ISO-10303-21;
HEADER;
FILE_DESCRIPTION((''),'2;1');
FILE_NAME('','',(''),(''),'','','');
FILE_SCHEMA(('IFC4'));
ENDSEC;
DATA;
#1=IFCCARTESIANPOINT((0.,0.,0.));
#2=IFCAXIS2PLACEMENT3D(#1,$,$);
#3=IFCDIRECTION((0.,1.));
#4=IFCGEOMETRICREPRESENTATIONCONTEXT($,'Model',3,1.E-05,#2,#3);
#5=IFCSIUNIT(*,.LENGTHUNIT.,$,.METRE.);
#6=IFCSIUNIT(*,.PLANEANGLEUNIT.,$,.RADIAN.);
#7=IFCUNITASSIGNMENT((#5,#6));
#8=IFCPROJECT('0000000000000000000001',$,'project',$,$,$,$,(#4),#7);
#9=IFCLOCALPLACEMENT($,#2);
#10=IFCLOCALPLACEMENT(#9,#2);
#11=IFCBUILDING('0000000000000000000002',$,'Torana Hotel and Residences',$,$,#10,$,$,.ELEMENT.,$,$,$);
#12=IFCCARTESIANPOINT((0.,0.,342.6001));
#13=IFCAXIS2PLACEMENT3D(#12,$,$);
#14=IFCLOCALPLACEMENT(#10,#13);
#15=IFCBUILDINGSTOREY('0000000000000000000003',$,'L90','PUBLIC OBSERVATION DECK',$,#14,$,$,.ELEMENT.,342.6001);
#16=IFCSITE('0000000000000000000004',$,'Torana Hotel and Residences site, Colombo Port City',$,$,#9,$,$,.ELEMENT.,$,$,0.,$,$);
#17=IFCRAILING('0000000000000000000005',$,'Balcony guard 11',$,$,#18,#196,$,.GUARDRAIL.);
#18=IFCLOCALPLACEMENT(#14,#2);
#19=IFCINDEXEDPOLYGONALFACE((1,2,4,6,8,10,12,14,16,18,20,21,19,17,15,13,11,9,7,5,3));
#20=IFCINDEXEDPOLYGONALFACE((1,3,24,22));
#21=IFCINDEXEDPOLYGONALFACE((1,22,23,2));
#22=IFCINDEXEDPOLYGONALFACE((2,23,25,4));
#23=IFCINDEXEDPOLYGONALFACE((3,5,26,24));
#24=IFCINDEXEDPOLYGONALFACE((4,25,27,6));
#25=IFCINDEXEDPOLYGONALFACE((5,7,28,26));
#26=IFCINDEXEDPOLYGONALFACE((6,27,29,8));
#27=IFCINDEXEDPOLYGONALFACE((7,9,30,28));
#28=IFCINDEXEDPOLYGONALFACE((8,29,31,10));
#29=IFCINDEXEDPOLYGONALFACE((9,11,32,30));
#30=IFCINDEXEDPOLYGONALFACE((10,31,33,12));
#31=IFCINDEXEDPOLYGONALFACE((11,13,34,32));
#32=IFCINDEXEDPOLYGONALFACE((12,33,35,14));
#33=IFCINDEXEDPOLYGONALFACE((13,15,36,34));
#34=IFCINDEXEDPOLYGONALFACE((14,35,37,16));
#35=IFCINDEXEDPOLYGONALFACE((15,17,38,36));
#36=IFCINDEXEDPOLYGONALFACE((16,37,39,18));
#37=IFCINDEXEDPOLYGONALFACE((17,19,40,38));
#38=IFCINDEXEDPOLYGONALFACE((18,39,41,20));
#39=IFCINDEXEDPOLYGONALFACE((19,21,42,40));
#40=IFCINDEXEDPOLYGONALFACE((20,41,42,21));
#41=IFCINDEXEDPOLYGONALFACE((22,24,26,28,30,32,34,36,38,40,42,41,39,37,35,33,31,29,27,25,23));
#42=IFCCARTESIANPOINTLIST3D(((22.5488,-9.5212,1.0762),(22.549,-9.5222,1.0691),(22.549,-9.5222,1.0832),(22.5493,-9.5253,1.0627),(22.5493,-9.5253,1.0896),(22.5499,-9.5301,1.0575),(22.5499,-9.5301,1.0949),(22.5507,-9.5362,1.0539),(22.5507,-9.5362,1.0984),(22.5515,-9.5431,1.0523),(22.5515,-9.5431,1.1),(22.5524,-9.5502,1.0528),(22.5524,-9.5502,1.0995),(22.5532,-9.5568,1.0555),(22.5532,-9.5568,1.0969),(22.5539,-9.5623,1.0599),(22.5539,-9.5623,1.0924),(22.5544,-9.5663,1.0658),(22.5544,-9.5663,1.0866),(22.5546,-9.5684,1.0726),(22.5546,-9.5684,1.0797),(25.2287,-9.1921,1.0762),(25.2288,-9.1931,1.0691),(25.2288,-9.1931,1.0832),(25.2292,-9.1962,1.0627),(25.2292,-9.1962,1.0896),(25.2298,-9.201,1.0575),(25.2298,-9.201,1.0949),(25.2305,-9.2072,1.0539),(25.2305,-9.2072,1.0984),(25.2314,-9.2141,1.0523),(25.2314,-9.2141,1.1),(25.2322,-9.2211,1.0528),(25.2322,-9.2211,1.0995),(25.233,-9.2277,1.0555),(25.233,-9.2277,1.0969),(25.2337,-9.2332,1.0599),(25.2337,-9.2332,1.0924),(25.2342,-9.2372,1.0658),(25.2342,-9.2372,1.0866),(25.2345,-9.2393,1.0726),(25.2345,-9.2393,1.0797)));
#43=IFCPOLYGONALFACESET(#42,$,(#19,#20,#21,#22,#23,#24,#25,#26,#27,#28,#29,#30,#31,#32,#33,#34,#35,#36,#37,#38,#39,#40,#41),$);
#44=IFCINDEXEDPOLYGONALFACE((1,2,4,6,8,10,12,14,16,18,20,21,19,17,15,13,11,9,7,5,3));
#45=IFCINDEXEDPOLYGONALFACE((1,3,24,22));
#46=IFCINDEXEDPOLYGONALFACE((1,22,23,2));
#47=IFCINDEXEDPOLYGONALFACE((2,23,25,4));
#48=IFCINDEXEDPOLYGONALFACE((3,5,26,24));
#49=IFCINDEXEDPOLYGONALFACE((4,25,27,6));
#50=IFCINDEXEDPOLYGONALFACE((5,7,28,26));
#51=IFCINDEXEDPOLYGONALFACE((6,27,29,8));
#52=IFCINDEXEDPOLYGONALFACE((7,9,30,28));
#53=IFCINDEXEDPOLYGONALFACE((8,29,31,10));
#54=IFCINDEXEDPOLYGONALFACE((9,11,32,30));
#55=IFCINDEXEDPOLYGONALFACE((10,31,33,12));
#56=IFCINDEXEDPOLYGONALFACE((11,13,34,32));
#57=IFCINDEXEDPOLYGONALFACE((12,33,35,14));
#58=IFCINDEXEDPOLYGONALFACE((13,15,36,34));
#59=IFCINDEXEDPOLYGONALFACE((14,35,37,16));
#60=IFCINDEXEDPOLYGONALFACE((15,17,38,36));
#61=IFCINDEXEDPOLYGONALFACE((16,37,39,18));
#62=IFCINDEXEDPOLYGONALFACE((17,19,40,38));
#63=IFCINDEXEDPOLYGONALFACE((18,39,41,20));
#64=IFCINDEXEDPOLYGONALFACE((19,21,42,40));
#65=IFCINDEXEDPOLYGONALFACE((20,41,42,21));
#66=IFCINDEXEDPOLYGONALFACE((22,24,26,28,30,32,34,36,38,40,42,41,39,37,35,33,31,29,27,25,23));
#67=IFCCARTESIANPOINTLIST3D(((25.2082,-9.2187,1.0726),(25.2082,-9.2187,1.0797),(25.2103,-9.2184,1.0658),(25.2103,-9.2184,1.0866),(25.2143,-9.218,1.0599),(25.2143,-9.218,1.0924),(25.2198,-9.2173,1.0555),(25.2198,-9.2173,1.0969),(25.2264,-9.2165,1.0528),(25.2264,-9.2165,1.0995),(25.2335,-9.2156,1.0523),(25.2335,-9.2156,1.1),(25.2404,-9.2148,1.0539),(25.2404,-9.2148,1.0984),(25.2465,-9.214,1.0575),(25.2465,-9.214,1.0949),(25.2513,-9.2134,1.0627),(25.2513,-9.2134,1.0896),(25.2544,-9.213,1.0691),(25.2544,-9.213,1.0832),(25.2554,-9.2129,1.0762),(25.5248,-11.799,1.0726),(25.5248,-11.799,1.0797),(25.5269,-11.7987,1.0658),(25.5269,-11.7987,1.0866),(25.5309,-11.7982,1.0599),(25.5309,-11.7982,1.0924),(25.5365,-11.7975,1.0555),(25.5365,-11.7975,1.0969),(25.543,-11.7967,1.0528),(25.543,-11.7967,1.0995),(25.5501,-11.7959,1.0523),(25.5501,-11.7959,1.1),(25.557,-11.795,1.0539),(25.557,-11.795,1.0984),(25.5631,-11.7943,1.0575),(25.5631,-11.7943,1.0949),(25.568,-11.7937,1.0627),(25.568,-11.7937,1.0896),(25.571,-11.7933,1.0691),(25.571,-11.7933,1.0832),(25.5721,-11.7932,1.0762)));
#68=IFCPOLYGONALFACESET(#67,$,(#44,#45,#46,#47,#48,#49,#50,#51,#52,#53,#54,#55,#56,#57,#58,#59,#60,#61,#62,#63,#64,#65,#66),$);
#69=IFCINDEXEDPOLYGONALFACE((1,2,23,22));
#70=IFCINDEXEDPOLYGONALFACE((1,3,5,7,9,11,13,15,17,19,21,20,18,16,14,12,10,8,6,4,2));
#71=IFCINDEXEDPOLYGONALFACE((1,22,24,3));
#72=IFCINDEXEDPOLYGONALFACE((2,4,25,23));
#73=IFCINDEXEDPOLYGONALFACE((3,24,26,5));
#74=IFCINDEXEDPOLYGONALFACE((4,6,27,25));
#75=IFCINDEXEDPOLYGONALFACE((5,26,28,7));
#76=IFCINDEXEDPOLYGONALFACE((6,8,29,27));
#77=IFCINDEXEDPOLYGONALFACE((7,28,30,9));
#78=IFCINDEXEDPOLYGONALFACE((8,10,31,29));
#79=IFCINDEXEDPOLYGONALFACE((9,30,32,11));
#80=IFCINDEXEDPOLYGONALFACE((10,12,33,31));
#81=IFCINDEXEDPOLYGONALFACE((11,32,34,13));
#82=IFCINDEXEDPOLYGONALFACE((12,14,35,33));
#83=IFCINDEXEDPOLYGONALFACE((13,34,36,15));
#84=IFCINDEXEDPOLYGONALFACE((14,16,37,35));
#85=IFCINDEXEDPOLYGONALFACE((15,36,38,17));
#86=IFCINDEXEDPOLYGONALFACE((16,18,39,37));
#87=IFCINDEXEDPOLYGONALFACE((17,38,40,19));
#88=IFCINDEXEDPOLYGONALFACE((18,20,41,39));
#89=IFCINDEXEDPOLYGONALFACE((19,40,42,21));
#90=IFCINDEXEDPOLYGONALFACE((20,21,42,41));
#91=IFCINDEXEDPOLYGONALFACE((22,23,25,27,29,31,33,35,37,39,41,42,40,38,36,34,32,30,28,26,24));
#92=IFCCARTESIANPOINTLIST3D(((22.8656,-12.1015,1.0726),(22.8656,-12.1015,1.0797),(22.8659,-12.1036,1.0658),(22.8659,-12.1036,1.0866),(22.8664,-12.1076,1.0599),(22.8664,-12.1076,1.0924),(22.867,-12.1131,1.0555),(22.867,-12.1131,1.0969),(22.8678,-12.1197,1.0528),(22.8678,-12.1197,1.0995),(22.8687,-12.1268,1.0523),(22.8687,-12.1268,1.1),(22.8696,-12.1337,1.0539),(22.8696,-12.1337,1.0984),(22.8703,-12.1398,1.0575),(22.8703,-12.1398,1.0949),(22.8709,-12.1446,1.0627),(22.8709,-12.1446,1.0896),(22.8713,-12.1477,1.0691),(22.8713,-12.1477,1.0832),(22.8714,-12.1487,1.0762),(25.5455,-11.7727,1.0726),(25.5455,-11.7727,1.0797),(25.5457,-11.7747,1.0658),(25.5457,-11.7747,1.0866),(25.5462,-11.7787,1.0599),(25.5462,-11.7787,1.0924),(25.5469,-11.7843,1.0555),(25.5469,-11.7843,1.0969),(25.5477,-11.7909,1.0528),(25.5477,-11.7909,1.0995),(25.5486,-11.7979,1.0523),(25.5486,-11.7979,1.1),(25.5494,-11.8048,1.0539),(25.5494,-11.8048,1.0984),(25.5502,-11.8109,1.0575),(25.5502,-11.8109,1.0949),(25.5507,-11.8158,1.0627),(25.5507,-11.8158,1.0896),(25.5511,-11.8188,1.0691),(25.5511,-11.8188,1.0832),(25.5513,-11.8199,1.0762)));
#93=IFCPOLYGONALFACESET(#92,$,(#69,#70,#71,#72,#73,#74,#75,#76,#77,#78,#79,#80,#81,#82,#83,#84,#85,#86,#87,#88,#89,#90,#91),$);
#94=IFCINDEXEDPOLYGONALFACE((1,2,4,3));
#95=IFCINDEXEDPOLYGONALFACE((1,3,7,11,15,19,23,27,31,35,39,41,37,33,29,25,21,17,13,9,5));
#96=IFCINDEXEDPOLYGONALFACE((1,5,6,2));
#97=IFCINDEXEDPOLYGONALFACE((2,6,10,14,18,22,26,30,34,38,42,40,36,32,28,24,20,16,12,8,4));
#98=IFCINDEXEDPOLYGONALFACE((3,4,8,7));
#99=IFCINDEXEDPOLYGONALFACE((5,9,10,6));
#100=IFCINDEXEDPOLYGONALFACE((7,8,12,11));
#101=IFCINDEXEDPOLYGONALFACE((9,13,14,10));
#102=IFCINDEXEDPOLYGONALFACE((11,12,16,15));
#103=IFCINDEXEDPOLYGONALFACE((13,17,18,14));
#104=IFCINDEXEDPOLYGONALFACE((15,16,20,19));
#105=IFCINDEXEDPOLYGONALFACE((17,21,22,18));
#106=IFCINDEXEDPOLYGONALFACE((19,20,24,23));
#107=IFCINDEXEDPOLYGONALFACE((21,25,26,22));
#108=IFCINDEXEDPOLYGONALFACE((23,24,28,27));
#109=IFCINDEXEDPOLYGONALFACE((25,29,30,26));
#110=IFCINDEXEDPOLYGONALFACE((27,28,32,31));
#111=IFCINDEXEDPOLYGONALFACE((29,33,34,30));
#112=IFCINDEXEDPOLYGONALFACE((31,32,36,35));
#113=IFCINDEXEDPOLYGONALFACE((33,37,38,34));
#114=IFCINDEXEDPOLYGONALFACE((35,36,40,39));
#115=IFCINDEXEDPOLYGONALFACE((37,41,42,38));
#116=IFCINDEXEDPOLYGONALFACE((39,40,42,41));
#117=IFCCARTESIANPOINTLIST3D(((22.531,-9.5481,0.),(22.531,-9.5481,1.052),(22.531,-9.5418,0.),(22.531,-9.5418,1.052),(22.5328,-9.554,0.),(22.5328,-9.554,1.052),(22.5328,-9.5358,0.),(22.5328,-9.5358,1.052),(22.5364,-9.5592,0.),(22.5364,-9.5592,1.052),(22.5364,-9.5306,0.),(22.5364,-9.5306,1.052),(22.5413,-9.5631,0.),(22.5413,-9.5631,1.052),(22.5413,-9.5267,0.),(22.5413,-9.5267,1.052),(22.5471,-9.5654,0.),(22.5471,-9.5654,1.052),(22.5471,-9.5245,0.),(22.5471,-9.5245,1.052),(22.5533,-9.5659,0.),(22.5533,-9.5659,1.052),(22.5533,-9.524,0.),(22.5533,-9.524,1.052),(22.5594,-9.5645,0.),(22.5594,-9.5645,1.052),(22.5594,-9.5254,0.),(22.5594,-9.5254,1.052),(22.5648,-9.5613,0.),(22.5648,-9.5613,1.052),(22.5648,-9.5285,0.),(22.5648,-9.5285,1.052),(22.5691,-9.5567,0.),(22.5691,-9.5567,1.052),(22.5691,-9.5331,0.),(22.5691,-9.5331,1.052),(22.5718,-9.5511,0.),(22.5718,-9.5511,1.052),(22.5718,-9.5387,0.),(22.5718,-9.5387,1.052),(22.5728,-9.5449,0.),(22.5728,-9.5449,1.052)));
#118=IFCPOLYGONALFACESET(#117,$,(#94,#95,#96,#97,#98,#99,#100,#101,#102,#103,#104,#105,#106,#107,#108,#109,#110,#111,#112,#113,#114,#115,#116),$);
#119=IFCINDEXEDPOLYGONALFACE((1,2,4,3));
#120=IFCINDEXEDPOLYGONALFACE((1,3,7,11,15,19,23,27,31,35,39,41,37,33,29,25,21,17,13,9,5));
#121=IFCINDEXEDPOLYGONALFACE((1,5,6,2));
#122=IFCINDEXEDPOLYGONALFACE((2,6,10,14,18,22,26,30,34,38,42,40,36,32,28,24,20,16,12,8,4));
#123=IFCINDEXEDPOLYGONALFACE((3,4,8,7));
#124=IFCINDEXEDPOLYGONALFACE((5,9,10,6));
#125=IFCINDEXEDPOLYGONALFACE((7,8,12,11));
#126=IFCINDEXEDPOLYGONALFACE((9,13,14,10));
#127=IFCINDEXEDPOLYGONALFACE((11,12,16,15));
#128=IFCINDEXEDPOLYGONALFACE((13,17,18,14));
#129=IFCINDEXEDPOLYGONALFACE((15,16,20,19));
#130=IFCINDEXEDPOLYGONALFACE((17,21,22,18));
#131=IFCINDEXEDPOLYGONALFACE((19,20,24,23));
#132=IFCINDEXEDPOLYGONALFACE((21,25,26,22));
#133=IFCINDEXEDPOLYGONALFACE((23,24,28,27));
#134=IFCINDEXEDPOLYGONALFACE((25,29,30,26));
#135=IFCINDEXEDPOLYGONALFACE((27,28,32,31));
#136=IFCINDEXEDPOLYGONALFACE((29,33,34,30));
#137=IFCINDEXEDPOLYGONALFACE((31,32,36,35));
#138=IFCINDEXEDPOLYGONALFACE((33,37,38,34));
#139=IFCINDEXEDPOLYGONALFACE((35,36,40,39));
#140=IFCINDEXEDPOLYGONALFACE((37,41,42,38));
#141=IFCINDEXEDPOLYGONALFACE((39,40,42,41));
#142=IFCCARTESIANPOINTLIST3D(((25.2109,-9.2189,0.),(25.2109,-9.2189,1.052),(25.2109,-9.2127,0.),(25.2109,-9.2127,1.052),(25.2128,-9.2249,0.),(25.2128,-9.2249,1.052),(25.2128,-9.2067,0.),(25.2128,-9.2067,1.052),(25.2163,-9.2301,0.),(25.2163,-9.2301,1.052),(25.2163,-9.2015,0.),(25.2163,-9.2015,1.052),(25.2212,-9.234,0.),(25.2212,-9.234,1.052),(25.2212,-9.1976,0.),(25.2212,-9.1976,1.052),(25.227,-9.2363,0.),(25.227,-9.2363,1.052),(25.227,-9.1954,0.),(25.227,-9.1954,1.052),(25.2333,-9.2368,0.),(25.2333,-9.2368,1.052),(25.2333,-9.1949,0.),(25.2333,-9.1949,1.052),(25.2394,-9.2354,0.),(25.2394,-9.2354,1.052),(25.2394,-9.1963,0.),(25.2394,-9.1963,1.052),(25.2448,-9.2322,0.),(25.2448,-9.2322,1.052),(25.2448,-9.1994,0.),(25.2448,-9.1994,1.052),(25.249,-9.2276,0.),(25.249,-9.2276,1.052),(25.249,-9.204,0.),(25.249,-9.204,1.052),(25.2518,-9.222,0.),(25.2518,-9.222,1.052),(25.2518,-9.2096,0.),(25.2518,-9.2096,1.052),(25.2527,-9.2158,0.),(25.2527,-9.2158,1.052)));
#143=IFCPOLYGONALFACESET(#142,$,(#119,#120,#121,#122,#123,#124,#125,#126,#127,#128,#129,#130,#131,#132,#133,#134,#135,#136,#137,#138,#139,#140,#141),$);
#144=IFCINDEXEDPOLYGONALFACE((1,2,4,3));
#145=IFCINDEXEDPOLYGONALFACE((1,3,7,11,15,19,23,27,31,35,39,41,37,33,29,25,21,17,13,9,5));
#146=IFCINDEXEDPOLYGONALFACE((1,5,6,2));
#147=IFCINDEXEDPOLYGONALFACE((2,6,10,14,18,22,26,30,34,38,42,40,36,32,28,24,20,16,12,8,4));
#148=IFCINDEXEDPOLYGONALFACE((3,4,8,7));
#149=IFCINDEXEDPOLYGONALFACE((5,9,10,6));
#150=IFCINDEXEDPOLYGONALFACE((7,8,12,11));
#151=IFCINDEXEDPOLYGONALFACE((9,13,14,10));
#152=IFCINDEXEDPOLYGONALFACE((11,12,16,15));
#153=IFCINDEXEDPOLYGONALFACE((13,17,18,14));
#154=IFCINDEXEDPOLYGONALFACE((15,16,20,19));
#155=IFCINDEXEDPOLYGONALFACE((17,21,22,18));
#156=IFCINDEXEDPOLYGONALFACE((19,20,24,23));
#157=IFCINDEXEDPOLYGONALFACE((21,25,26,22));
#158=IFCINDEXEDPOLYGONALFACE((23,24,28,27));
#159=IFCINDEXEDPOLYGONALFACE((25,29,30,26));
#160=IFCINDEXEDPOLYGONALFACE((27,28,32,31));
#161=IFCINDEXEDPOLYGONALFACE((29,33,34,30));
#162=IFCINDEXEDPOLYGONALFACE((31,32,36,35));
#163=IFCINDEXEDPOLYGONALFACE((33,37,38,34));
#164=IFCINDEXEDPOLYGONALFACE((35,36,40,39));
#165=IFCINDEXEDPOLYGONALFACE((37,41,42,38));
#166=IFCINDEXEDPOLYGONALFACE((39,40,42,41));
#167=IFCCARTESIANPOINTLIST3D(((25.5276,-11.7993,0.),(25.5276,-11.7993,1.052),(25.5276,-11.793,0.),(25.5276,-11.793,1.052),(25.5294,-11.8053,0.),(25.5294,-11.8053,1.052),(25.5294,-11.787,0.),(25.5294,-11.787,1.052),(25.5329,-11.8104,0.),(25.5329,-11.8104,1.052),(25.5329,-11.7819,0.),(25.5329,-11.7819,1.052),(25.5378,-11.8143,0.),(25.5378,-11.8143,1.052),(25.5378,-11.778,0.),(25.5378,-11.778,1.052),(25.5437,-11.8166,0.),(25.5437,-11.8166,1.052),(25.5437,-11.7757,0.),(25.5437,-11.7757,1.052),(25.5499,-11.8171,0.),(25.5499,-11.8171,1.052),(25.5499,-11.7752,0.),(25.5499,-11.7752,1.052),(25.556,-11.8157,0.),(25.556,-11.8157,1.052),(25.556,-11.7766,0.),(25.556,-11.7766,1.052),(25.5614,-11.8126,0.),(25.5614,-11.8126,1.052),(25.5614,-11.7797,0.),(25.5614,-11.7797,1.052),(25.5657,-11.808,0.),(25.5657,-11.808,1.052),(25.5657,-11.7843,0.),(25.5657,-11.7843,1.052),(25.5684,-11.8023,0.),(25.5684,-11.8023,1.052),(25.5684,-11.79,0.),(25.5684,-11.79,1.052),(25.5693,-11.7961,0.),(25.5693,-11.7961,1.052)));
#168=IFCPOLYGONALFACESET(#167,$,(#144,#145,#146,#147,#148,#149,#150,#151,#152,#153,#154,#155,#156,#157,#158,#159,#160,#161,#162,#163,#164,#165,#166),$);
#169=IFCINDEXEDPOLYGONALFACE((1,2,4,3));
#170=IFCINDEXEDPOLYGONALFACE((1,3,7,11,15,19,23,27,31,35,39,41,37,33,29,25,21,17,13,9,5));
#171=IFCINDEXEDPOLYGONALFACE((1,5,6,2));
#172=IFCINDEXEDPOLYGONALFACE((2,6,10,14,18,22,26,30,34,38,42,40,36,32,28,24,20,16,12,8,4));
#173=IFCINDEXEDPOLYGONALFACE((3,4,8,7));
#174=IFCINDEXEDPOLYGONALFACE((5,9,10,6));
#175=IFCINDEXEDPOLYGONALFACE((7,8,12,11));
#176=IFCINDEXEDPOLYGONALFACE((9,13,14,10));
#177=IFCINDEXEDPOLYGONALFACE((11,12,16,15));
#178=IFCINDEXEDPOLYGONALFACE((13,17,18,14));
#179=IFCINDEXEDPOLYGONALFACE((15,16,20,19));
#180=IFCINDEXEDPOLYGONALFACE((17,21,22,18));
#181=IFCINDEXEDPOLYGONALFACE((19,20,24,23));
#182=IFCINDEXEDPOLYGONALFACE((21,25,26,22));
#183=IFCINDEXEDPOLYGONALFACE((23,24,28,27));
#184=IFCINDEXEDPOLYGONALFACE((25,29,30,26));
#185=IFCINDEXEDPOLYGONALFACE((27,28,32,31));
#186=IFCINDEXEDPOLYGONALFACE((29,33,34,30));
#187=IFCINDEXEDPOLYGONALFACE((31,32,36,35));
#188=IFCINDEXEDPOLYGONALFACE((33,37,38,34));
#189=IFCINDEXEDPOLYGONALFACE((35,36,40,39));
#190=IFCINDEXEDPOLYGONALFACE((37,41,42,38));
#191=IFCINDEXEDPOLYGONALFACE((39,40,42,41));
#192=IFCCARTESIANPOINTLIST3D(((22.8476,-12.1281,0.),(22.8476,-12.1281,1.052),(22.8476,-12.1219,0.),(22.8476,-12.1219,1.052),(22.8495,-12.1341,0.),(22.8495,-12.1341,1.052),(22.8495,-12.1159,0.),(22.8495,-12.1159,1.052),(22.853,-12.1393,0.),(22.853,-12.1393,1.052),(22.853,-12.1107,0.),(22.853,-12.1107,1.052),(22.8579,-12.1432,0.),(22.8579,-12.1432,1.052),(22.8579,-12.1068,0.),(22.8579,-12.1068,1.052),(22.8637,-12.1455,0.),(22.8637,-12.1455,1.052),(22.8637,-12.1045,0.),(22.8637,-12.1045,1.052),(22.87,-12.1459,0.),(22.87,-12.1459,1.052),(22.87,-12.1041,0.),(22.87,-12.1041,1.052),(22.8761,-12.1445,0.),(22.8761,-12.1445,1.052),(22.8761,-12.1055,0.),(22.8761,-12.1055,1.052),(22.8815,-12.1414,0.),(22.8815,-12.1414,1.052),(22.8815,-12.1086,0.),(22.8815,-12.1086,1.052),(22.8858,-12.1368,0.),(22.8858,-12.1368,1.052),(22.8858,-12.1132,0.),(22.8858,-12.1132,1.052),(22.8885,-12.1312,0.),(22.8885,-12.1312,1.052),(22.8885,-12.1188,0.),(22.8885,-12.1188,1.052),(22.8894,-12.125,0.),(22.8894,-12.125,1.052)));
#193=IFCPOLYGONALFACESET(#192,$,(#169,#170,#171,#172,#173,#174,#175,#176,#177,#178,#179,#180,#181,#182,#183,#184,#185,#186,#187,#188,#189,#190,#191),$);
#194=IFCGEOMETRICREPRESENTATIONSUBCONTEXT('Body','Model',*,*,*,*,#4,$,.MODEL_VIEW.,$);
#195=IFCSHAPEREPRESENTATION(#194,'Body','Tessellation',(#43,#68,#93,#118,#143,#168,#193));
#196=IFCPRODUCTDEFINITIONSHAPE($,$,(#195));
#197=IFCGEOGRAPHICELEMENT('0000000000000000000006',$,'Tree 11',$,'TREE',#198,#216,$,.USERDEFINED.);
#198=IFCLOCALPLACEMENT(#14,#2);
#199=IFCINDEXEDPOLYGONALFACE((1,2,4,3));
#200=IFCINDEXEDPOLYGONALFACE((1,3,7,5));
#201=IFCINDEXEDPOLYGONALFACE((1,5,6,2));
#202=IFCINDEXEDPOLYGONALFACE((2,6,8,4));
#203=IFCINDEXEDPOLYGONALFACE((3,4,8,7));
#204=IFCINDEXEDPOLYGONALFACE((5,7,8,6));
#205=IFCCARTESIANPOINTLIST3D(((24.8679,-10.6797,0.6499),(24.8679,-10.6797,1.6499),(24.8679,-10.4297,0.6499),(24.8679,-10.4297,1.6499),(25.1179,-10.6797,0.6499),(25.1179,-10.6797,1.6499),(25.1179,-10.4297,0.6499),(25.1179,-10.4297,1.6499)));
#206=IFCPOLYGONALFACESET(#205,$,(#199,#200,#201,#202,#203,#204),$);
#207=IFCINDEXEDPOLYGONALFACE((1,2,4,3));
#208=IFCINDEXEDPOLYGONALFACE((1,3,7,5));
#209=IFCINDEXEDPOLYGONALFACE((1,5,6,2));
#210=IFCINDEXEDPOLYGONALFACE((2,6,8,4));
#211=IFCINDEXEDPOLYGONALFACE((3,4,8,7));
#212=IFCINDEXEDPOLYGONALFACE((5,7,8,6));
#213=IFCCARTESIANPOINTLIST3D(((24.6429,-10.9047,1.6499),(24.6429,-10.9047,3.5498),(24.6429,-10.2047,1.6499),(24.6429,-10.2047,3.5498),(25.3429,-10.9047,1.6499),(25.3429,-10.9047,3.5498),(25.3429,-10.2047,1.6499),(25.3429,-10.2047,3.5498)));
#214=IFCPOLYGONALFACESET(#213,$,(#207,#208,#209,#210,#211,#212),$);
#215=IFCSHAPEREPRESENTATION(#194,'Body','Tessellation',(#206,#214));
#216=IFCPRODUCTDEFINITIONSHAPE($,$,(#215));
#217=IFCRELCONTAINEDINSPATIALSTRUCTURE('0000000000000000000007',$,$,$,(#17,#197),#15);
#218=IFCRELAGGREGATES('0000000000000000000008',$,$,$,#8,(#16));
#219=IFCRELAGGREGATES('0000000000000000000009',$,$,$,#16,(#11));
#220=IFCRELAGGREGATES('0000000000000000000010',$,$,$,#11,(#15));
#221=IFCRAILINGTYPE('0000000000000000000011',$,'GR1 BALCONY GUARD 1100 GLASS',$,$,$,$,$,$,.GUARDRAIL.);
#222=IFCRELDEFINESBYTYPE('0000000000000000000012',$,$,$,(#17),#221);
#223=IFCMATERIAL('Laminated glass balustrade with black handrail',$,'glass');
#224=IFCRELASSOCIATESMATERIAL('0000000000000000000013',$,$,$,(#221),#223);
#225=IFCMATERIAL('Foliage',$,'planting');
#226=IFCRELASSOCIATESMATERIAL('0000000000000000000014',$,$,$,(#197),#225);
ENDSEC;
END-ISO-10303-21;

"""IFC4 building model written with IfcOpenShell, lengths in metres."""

from ifc_helpers import new_model, si_unit, direction, frame, origin, origin_2d, place, context, subcontext, project, spatial, rectangle, circle, extrude, material, type_object, element, save


model = new_model("IFC4")

# Units and contexts
model_context = context("Model", 3, precision=1e-05, world=origin(), true_north=direction((0.0, 1.0)))
body_context = subcontext(model_context, "Body", "Model", "MODEL_VIEW")
ifc_project = project(units=[si_unit("LENGTHUNIT", "METRE"), si_unit("PLANEANGLEUNIT", "RADIAN")], contexts=[model_context])

# Site, building, storey
site_placement = place(None, origin())
site = spatial("IfcSite", under=ifc_project, at=site_placement, Name="Torana Hotel and Residences site, Colombo Port City", CompositionType="ELEMENT", RefElevation=0.0)
building_placement = place(site_placement, origin())
building = spatial("IfcBuilding", under=site, at=building_placement, Name="Torana Hotel and Residences", CompositionType="ELEMENT")
storey_placement = place(building_placement, frame((0.0, 0.0, 342.6001)))
storey = spatial("IfcBuildingStorey", under=building, at=storey_placement, Name="L90", Description="PUBLIC OBSERVATION DECK", CompositionType="ELEMENT", Elevation=342.6001)

# Railing
ifc_material_1 = material(Name="Laminated glass balustrade with black handrail", Category="glass")
railing_type = type_object("IfcRailingType", Name="GR1 BALCONY GUARD 1100 GLASS", PredefinedType="GUARDRAIL", material=ifc_material_1)
railing_1_placement = place(storey_placement, frame((22.5518, -9.5449, 0.0)))
element("IfcRailing", 1, at=railing_1_placement, inside=storey, type_object=railing_type, Name="Balcony guard 11", PredefinedType="GUARDRAIL", context=body_context, shape_type="SweptSolid", body=[
    extrude(circle(Radius=0.0239, at=origin_2d()), frame((0.0, 0.0, 1.0762), z_axis=(0.992544, 0.121887, 0.0), x_axis=(-0.121887, 0.992544, 0.0)), (0.0, 0.0, 1.0), 2.7),
    extrude(circle(Radius=0.0239, at=origin_2d()), frame((2.6799, 0.3291, 1.0762), z_axis=(0.121804, -0.992554, 0.0), x_axis=(0.992554, 0.121804, 0.0)), (0.0, 0.0, 1.0), 2.5996),
    extrude(circle(Radius=0.0239, at=origin_2d()), frame((2.9966, -2.2512, 1.0762), z_axis=(-0.992555, -0.121798, 0.0), x_axis=(0.121798, -0.992555, 0.0)), (0.0, 0.0, 1.0), 2.7),
    extrude(circle(Radius=0.021, at=origin_2d()), origin(), (0.0, 0.0, 1.0), 1.052),
    extrude(circle(Radius=0.021, at=origin_2d()), frame((2.6799, 0.3291, 0.0)), (0.0, 0.0, 1.0), 1.052),
    extrude(circle(Radius=0.021, at=origin_2d()), frame((2.9966, -2.2512, 0.0)), (0.0, 0.0, 1.0), 1.052),
    extrude(circle(Radius=0.021, at=origin_2d()), frame((0.3167, -2.5801, 0.0)), (0.0, 0.0, 1.0), 1.052),
])

# Geographic element
ifc_material_2 = material(Name="Foliage", Category="planting")
geographic_element_placement = place(storey_placement, frame((24.9929, -10.5547, 0.6499), z_axis=(0.0, 0.0, 1.0), x_axis=(1.0, 0.0, 0.0)))
element("IfcGeographicElement", 2, at=geographic_element_placement, inside=storey, material=ifc_material_2, Name="Tree 11", ObjectType="TREE", PredefinedType="USERDEFINED", context=body_context, shape_type="SweptSolid", body=[
    extrude(rectangle(XDim=0.25, YDim=0.25, at=origin_2d()), origin(), (0.0, 0.0, 1.0), 1.0),
    extrude(rectangle(XDim=0.7, YDim=0.7, at=origin_2d()), frame((0.0, 0.0, 1.0)), (0.0, 0.0, 1.0), 1.8999),
])

save(model, "model.ifc")
